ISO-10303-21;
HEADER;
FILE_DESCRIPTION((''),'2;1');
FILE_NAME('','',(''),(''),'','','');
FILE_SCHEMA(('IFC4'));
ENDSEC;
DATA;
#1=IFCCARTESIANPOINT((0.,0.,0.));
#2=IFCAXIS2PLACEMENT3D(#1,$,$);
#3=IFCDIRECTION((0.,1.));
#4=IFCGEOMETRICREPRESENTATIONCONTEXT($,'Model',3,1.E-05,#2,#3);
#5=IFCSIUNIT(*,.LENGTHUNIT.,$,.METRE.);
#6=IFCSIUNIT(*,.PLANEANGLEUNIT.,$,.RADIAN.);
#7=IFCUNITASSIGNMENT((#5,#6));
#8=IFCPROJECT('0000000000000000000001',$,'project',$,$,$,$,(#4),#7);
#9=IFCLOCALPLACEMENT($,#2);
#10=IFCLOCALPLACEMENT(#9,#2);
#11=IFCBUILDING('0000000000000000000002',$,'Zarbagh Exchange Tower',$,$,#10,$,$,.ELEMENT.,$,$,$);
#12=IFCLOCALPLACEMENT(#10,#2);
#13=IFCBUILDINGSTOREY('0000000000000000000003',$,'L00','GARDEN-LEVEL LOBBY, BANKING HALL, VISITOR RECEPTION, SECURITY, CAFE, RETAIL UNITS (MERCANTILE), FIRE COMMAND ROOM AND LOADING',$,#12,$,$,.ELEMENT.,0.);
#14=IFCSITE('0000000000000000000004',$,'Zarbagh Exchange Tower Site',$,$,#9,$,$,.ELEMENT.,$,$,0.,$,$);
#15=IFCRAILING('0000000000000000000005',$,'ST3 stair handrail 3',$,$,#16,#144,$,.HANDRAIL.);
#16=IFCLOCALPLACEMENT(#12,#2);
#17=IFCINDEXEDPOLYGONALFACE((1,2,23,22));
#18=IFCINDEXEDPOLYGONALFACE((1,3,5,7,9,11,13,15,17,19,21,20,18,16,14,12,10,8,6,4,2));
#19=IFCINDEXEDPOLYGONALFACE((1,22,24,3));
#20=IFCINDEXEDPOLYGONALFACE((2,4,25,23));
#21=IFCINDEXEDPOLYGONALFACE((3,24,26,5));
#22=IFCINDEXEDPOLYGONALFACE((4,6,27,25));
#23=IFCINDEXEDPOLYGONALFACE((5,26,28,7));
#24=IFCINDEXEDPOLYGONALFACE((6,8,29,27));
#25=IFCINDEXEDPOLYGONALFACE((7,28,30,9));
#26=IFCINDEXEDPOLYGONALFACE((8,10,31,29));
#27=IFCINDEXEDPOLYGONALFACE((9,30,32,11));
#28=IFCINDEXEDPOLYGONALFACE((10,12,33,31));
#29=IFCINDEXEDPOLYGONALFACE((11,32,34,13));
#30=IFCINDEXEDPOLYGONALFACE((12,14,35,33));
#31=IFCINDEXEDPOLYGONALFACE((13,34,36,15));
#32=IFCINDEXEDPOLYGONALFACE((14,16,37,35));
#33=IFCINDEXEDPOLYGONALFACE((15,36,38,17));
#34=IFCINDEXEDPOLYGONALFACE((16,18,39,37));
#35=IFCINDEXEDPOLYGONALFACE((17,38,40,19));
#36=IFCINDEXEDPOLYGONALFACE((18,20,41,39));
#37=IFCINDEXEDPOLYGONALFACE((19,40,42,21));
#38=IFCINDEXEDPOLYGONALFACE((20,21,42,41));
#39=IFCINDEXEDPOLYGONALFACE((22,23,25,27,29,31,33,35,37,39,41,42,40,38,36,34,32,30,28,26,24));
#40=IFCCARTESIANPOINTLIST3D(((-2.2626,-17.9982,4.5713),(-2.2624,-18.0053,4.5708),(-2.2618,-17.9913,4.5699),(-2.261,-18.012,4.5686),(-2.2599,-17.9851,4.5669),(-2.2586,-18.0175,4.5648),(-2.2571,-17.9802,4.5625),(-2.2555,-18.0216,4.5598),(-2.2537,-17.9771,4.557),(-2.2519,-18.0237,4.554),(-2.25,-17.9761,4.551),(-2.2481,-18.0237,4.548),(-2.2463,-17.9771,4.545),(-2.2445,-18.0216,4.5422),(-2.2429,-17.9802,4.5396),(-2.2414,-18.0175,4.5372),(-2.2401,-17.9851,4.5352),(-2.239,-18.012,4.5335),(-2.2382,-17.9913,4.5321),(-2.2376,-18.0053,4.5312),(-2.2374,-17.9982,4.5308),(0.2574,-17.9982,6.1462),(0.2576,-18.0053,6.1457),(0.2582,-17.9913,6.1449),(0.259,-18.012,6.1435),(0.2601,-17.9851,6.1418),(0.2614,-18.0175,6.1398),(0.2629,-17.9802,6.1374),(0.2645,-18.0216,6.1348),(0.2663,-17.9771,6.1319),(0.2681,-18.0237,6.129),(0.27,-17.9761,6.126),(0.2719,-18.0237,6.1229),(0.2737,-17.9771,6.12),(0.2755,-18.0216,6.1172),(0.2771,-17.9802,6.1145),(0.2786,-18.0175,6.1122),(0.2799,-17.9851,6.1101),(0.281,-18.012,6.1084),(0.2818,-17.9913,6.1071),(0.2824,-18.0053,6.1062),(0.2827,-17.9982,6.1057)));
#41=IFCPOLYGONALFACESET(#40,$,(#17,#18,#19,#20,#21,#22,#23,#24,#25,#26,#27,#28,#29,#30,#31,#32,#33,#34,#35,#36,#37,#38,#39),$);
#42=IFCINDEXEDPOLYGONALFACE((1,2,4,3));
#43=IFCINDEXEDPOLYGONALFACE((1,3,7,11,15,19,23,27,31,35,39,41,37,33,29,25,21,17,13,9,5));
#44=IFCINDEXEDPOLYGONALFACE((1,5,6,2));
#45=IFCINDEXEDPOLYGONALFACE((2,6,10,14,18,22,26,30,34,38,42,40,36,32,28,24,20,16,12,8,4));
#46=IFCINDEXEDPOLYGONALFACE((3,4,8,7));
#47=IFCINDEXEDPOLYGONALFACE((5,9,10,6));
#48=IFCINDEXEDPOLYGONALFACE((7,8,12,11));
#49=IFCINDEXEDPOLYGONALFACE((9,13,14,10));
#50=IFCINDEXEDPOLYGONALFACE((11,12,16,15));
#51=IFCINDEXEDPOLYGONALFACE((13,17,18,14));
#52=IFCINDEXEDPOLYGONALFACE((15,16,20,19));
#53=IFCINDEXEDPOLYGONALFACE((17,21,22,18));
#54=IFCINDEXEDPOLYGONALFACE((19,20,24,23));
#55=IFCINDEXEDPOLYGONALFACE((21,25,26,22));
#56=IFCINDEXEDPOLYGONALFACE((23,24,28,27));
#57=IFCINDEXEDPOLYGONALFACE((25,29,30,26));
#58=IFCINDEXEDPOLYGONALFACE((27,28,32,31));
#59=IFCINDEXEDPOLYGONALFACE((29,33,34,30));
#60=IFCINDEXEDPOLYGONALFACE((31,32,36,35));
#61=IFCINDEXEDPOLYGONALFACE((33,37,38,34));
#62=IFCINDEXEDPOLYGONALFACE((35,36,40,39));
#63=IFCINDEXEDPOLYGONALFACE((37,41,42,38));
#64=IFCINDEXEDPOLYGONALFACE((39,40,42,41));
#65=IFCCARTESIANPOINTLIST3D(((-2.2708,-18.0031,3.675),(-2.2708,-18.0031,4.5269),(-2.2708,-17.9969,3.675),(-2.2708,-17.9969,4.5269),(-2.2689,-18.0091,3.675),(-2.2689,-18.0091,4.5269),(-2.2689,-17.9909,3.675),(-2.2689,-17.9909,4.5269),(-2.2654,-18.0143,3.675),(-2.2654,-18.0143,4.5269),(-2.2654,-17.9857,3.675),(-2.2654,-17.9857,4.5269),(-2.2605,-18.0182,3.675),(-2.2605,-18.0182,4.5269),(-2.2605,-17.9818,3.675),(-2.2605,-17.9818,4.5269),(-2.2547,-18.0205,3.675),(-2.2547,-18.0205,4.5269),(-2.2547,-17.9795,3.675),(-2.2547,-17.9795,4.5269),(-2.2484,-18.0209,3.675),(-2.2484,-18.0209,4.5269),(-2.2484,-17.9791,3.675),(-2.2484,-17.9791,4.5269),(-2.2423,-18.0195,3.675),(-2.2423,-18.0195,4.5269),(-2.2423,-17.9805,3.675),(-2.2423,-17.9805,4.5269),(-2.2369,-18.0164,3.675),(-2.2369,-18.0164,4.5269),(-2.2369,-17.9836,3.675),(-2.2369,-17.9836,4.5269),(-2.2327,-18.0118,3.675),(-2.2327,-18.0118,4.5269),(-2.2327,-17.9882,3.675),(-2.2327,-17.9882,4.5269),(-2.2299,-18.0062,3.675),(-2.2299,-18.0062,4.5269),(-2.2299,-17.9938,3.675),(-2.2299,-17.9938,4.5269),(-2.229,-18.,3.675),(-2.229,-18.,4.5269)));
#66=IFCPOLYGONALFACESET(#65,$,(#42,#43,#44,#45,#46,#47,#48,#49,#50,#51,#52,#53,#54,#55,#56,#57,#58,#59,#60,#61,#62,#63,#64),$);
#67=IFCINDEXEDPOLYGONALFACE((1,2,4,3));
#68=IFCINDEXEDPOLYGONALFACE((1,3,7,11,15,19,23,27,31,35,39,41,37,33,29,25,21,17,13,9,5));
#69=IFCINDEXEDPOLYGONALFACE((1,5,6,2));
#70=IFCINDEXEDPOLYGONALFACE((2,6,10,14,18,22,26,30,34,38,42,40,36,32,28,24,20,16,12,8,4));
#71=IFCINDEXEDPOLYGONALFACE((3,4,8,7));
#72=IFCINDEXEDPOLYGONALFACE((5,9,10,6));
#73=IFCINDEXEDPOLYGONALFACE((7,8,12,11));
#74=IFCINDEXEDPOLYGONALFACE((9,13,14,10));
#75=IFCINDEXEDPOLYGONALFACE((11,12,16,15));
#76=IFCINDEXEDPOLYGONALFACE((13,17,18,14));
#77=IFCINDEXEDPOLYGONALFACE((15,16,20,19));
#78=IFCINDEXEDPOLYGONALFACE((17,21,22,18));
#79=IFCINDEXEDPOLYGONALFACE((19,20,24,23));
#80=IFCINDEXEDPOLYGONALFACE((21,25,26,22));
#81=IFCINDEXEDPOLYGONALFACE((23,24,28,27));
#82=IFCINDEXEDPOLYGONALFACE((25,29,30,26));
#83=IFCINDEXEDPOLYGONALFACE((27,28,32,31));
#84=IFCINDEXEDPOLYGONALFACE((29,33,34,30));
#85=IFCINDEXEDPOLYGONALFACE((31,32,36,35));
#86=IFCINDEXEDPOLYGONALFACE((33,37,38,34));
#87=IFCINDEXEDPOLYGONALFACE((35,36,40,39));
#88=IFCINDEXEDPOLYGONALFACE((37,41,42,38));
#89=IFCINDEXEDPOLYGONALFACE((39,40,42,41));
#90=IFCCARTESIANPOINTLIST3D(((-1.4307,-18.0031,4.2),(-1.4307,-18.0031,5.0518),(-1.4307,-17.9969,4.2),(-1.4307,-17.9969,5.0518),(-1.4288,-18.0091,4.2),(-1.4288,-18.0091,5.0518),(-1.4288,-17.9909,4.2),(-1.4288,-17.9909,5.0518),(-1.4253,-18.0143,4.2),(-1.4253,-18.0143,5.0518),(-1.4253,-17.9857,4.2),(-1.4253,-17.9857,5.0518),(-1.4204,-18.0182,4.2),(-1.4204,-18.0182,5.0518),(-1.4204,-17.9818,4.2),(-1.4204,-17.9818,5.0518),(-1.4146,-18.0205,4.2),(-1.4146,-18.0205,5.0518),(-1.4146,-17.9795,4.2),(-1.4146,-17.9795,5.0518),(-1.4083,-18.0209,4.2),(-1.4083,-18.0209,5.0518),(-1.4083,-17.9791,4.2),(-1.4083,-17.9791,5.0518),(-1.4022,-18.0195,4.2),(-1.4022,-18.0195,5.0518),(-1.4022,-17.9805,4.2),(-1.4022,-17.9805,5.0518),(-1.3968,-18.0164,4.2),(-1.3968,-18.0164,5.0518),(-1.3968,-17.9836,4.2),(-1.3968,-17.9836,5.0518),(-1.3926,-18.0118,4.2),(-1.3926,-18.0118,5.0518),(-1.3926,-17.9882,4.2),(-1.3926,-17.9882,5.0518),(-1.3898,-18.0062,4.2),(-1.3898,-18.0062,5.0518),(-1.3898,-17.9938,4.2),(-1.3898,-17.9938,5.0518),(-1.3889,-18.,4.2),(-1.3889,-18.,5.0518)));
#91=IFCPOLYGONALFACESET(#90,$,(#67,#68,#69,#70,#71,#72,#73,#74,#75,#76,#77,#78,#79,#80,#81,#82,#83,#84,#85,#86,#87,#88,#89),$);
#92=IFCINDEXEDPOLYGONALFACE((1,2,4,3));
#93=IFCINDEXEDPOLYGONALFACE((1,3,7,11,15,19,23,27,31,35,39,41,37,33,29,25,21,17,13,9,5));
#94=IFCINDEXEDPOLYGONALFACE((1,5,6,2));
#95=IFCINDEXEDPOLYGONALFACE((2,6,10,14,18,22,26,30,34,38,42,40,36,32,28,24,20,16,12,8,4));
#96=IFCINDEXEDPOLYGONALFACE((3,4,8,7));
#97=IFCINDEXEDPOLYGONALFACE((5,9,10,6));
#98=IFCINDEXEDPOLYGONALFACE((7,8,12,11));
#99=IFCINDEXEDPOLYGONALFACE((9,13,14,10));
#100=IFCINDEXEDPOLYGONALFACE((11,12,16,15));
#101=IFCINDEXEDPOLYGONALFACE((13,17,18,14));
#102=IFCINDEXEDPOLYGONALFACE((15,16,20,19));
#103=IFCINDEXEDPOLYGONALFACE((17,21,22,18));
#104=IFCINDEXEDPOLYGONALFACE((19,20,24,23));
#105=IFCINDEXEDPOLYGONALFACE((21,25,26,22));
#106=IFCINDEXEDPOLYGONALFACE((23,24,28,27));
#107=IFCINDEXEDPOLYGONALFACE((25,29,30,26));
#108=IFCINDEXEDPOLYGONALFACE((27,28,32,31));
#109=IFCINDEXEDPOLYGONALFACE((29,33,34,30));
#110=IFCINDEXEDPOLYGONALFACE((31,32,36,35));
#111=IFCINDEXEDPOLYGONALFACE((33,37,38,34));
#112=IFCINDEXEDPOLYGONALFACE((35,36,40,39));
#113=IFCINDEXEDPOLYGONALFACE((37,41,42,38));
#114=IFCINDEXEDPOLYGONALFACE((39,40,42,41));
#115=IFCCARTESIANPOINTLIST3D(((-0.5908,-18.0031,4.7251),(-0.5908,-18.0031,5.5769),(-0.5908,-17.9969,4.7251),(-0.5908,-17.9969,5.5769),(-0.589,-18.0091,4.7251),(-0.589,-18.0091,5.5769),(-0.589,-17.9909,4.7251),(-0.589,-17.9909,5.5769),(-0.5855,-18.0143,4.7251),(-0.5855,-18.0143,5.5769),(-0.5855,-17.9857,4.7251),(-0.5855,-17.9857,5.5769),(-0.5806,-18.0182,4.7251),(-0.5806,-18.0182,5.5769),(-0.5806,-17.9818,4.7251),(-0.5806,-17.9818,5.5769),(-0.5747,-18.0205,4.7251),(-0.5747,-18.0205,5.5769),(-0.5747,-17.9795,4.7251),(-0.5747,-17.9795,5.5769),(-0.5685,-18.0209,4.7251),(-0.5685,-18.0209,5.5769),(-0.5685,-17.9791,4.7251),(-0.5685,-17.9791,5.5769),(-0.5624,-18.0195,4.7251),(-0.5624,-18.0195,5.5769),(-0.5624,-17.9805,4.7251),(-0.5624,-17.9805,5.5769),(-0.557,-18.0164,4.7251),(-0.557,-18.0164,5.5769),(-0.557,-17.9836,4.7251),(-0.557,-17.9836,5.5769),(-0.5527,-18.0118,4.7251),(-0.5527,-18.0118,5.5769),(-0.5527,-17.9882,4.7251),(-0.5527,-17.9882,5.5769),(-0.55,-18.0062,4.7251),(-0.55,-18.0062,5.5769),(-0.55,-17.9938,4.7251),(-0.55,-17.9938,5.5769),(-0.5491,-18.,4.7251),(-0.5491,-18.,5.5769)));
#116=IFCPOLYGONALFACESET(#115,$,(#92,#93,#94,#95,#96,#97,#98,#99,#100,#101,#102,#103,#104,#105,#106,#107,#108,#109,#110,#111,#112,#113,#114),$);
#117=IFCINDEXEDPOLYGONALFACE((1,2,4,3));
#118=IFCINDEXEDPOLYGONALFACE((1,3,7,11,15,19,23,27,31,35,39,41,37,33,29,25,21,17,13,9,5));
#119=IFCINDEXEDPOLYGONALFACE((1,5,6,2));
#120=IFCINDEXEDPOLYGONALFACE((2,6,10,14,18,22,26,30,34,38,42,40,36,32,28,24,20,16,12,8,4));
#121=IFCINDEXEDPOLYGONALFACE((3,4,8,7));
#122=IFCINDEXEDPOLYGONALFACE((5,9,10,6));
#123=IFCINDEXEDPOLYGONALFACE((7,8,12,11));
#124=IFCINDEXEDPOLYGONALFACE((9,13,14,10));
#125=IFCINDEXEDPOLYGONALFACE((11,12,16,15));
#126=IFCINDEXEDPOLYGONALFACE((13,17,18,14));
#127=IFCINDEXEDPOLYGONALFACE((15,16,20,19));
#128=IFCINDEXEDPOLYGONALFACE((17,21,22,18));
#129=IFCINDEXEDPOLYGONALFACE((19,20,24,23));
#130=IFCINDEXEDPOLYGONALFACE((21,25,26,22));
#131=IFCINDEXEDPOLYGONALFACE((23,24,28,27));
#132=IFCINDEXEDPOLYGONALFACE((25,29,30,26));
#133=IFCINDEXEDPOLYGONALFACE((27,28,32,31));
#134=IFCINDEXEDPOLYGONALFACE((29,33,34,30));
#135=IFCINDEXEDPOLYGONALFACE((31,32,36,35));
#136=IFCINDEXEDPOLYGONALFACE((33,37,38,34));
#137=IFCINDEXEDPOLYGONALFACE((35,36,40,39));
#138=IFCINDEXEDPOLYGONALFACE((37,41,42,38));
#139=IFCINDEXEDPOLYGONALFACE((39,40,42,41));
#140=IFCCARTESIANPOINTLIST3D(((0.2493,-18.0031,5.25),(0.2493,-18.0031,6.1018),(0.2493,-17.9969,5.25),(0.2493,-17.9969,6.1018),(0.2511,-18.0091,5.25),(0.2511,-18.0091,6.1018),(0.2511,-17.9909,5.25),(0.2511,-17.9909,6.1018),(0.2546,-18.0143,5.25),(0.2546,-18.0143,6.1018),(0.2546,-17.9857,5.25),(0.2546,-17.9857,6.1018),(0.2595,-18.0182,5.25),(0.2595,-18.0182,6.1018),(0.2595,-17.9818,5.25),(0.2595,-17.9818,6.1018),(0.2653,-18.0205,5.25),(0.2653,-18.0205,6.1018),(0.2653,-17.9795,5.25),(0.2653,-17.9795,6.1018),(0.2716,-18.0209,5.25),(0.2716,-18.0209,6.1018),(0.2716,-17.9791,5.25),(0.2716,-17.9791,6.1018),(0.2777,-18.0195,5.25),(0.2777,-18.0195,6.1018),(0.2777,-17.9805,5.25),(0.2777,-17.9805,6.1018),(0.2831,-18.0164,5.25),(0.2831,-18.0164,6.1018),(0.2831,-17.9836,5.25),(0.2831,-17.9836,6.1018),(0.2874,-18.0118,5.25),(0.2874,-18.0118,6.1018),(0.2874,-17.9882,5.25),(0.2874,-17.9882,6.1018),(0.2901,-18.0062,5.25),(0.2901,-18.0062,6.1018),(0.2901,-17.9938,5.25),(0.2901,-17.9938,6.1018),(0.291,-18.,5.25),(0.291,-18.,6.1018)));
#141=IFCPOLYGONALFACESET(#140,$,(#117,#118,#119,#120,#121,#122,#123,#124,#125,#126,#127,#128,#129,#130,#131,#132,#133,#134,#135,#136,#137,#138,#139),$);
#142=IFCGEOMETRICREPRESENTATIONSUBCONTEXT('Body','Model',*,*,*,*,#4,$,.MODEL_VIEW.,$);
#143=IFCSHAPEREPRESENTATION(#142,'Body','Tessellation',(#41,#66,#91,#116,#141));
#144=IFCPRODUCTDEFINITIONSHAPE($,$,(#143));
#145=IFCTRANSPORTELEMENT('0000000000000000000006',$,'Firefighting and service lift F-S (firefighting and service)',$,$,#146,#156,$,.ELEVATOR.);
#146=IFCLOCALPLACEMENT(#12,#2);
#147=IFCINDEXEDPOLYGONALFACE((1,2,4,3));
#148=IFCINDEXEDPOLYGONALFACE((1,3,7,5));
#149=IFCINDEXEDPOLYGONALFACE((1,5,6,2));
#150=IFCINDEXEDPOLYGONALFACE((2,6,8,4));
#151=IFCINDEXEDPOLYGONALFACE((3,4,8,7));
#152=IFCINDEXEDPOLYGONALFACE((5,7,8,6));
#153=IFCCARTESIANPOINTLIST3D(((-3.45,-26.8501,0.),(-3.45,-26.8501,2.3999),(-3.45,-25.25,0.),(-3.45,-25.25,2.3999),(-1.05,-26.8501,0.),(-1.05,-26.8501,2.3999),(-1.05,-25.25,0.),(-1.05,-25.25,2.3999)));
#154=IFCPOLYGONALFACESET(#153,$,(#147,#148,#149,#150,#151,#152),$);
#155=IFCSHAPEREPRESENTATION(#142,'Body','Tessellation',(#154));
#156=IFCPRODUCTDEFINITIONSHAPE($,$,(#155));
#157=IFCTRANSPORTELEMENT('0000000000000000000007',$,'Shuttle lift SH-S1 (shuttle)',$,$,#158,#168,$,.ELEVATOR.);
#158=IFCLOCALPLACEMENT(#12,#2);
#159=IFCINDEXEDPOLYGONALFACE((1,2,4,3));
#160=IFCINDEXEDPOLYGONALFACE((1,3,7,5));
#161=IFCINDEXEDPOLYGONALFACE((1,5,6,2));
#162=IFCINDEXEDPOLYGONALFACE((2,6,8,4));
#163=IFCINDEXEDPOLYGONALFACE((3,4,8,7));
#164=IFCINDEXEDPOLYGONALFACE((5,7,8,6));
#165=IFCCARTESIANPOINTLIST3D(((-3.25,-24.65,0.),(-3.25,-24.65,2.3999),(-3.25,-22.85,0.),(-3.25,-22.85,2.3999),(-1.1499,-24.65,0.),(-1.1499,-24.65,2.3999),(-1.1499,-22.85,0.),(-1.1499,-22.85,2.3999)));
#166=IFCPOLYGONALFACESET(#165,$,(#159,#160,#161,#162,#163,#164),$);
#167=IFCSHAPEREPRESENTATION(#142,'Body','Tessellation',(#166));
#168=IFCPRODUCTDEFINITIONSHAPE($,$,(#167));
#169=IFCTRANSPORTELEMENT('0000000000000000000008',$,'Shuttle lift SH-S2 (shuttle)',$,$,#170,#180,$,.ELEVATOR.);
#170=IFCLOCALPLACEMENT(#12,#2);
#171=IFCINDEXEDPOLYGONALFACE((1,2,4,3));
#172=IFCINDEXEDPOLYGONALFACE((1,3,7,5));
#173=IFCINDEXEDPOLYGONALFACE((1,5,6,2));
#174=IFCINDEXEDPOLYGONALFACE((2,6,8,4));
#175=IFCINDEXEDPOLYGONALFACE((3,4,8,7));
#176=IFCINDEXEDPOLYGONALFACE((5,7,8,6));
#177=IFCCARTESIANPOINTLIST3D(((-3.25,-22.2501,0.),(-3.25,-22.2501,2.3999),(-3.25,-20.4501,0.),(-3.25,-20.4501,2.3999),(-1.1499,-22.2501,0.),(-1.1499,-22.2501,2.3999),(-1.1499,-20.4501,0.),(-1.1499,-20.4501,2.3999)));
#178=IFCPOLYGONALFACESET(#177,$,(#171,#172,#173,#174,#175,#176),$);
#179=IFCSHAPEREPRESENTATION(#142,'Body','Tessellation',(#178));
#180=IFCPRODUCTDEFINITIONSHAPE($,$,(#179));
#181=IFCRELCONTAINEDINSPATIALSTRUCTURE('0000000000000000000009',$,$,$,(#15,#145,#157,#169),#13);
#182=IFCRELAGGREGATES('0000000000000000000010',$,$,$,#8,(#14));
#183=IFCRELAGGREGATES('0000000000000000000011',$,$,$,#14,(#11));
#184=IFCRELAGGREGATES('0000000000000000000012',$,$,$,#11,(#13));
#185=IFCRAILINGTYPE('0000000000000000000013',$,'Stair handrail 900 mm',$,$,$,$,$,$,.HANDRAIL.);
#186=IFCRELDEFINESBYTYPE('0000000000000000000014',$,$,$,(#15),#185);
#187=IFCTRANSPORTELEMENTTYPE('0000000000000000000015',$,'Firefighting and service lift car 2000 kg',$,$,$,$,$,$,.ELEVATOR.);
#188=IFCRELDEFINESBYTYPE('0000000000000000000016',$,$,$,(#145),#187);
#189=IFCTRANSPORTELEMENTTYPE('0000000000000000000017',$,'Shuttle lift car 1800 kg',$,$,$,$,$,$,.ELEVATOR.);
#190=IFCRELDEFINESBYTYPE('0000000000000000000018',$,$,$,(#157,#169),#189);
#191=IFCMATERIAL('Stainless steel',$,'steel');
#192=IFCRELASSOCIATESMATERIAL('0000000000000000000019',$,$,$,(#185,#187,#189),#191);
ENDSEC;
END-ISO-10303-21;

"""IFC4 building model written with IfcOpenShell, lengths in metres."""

from ifc_helpers import new_model, si_unit, direction, frame, origin, origin_2d, place, context, subcontext, project, spatial, rectangle, circle, extrude, material, type_object, element, save


model = new_model("IFC4")

# Units and contexts
model_context = context("Model", 3, precision=1e-05, world=origin(), true_north=direction((0.0, 1.0)))
body_context = subcontext(model_context, "Body", "Model", "MODEL_VIEW")
ifc_project = project(units=[si_unit("LENGTHUNIT", "METRE"), si_unit("PLANEANGLEUNIT", "RADIAN")], contexts=[model_context])

# Site, building, storey
site_placement = place(None, origin())
site = spatial("IfcSite", under=ifc_project, at=site_placement, Name="Zarbagh Exchange Tower Site", CompositionType="ELEMENT", RefElevation=0.0)
building_placement = place(site_placement, origin())
building = spatial("IfcBuilding", under=site, at=building_placement, Name="Zarbagh Exchange Tower", CompositionType="ELEMENT")
storey_placement = place(building_placement, origin())
storey = spatial("IfcBuildingStorey", under=building, at=storey_placement, Name="L00", Description="GARDEN-LEVEL LOBBY, BANKING HALL, VISITOR RECEPTION, SECURITY, CAFE, RETAIL UNITS (MERCANTILE), FIRE COMMAND ROOM AND LOADING", CompositionType="ELEMENT", Elevation=0.0)

# Shared definitions
ifc_material_1 = material(Name="Stainless steel", Category="steel")

# Railing
railing_type_1 = type_object("IfcRailingType", Name="Stair handrail 900 mm", PredefinedType="HANDRAIL", material=ifc_material_1)
for number, where, name in (
    (1, (-2.25, -18.0, 3.675), "ST3 stair handrail 3"),
):
    element("IfcRailing", number, at=place(storey_placement, frame(where)), inside=storey, type_object=railing_type_1, Name=name, PredefinedType="HANDRAIL", context=body_context, shape_type="SweptSolid", body=[
        extrude(circle(Radius=0.0239, at=origin_2d()), frame((0.0, 0.0, 0.876), z_axis=(0.848008, 0.0, 0.529984), x_axis=(0.0, 1.0, 0.0)), (0.0, 0.0, 1.0), 2.9717),
        extrude(circle(Radius=0.021, at=origin_2d()), origin(), (0.0, 0.0, 1.0), 0.8518),
        extrude(circle(Radius=0.021, at=origin_2d()), frame((0.8401, 0.0, 0.5249)), (0.0, 0.0, 1.0), 0.8518),
        extrude(circle(Radius=0.021, at=origin_2d()), frame((1.6799, 0.0, 1.05)), (0.0, 0.0, 1.0), 0.8518),
        extrude(circle(Radius=0.021, at=origin_2d()), frame((2.52, 0.0, 1.575)), (0.0, 0.0, 1.0), 0.8518),
    ])

# Transport elements
transport_element_type_1 = type_object("IfcTransportElementType", Name="Firefighting and service lift car 2000 kg", PredefinedType="ELEVATOR", material=ifc_material_1)
transport_element_placement = place(storey_placement, frame((-2.25, -26.05, 0.0), z_axis=(0.0, 0.0, 1.0), x_axis=(1.0, 0.0, 0.0)))
element("IfcTransportElement", 2, at=transport_element_placement, inside=storey, type_object=transport_element_type_1, Name="Firefighting and service lift F-S (firefighting and service)", PredefinedType="ELEVATOR", context=body_context, shape_type="SweptSolid", body=[
    extrude(rectangle(XDim=2.3999, YDim=1.6001, at=origin_2d()), origin(), (0.0, 0.0, 1.0), 2.3999),
])
transport_element_type_2 = type_object("IfcTransportElementType", Name="Shuttle lift car 1800 kg", PredefinedType="ELEVATOR", material=ifc_material_1)
for number, where, z_axis, x_axis, name in (
    (3, (-2.2, -23.75, 0.0), (0.0, 0.0, 1.0), (1.0, 0.0, 0.0), "Shuttle lift SH-S1 (shuttle)"),
    (4, (-2.2, -21.3501, 0.0), (0.0, 0.0, 1.0), (1.0, 0.0, 0.0), "Shuttle lift SH-S2 (shuttle)"),
):
    element("IfcTransportElement", number, at=place(storey_placement, frame(where, z_axis=z_axis, x_axis=x_axis)), inside=storey, type_object=transport_element_type_2, Name=name, PredefinedType="ELEVATOR", context=body_context, shape_type="SweptSolid", body=[
        extrude(rectangle(XDim=2.1001, YDim=1.8, at=origin_2d()), origin(), (0.0, 0.0, 1.0), 2.3999),
    ])

save(model, "model.ifc")
